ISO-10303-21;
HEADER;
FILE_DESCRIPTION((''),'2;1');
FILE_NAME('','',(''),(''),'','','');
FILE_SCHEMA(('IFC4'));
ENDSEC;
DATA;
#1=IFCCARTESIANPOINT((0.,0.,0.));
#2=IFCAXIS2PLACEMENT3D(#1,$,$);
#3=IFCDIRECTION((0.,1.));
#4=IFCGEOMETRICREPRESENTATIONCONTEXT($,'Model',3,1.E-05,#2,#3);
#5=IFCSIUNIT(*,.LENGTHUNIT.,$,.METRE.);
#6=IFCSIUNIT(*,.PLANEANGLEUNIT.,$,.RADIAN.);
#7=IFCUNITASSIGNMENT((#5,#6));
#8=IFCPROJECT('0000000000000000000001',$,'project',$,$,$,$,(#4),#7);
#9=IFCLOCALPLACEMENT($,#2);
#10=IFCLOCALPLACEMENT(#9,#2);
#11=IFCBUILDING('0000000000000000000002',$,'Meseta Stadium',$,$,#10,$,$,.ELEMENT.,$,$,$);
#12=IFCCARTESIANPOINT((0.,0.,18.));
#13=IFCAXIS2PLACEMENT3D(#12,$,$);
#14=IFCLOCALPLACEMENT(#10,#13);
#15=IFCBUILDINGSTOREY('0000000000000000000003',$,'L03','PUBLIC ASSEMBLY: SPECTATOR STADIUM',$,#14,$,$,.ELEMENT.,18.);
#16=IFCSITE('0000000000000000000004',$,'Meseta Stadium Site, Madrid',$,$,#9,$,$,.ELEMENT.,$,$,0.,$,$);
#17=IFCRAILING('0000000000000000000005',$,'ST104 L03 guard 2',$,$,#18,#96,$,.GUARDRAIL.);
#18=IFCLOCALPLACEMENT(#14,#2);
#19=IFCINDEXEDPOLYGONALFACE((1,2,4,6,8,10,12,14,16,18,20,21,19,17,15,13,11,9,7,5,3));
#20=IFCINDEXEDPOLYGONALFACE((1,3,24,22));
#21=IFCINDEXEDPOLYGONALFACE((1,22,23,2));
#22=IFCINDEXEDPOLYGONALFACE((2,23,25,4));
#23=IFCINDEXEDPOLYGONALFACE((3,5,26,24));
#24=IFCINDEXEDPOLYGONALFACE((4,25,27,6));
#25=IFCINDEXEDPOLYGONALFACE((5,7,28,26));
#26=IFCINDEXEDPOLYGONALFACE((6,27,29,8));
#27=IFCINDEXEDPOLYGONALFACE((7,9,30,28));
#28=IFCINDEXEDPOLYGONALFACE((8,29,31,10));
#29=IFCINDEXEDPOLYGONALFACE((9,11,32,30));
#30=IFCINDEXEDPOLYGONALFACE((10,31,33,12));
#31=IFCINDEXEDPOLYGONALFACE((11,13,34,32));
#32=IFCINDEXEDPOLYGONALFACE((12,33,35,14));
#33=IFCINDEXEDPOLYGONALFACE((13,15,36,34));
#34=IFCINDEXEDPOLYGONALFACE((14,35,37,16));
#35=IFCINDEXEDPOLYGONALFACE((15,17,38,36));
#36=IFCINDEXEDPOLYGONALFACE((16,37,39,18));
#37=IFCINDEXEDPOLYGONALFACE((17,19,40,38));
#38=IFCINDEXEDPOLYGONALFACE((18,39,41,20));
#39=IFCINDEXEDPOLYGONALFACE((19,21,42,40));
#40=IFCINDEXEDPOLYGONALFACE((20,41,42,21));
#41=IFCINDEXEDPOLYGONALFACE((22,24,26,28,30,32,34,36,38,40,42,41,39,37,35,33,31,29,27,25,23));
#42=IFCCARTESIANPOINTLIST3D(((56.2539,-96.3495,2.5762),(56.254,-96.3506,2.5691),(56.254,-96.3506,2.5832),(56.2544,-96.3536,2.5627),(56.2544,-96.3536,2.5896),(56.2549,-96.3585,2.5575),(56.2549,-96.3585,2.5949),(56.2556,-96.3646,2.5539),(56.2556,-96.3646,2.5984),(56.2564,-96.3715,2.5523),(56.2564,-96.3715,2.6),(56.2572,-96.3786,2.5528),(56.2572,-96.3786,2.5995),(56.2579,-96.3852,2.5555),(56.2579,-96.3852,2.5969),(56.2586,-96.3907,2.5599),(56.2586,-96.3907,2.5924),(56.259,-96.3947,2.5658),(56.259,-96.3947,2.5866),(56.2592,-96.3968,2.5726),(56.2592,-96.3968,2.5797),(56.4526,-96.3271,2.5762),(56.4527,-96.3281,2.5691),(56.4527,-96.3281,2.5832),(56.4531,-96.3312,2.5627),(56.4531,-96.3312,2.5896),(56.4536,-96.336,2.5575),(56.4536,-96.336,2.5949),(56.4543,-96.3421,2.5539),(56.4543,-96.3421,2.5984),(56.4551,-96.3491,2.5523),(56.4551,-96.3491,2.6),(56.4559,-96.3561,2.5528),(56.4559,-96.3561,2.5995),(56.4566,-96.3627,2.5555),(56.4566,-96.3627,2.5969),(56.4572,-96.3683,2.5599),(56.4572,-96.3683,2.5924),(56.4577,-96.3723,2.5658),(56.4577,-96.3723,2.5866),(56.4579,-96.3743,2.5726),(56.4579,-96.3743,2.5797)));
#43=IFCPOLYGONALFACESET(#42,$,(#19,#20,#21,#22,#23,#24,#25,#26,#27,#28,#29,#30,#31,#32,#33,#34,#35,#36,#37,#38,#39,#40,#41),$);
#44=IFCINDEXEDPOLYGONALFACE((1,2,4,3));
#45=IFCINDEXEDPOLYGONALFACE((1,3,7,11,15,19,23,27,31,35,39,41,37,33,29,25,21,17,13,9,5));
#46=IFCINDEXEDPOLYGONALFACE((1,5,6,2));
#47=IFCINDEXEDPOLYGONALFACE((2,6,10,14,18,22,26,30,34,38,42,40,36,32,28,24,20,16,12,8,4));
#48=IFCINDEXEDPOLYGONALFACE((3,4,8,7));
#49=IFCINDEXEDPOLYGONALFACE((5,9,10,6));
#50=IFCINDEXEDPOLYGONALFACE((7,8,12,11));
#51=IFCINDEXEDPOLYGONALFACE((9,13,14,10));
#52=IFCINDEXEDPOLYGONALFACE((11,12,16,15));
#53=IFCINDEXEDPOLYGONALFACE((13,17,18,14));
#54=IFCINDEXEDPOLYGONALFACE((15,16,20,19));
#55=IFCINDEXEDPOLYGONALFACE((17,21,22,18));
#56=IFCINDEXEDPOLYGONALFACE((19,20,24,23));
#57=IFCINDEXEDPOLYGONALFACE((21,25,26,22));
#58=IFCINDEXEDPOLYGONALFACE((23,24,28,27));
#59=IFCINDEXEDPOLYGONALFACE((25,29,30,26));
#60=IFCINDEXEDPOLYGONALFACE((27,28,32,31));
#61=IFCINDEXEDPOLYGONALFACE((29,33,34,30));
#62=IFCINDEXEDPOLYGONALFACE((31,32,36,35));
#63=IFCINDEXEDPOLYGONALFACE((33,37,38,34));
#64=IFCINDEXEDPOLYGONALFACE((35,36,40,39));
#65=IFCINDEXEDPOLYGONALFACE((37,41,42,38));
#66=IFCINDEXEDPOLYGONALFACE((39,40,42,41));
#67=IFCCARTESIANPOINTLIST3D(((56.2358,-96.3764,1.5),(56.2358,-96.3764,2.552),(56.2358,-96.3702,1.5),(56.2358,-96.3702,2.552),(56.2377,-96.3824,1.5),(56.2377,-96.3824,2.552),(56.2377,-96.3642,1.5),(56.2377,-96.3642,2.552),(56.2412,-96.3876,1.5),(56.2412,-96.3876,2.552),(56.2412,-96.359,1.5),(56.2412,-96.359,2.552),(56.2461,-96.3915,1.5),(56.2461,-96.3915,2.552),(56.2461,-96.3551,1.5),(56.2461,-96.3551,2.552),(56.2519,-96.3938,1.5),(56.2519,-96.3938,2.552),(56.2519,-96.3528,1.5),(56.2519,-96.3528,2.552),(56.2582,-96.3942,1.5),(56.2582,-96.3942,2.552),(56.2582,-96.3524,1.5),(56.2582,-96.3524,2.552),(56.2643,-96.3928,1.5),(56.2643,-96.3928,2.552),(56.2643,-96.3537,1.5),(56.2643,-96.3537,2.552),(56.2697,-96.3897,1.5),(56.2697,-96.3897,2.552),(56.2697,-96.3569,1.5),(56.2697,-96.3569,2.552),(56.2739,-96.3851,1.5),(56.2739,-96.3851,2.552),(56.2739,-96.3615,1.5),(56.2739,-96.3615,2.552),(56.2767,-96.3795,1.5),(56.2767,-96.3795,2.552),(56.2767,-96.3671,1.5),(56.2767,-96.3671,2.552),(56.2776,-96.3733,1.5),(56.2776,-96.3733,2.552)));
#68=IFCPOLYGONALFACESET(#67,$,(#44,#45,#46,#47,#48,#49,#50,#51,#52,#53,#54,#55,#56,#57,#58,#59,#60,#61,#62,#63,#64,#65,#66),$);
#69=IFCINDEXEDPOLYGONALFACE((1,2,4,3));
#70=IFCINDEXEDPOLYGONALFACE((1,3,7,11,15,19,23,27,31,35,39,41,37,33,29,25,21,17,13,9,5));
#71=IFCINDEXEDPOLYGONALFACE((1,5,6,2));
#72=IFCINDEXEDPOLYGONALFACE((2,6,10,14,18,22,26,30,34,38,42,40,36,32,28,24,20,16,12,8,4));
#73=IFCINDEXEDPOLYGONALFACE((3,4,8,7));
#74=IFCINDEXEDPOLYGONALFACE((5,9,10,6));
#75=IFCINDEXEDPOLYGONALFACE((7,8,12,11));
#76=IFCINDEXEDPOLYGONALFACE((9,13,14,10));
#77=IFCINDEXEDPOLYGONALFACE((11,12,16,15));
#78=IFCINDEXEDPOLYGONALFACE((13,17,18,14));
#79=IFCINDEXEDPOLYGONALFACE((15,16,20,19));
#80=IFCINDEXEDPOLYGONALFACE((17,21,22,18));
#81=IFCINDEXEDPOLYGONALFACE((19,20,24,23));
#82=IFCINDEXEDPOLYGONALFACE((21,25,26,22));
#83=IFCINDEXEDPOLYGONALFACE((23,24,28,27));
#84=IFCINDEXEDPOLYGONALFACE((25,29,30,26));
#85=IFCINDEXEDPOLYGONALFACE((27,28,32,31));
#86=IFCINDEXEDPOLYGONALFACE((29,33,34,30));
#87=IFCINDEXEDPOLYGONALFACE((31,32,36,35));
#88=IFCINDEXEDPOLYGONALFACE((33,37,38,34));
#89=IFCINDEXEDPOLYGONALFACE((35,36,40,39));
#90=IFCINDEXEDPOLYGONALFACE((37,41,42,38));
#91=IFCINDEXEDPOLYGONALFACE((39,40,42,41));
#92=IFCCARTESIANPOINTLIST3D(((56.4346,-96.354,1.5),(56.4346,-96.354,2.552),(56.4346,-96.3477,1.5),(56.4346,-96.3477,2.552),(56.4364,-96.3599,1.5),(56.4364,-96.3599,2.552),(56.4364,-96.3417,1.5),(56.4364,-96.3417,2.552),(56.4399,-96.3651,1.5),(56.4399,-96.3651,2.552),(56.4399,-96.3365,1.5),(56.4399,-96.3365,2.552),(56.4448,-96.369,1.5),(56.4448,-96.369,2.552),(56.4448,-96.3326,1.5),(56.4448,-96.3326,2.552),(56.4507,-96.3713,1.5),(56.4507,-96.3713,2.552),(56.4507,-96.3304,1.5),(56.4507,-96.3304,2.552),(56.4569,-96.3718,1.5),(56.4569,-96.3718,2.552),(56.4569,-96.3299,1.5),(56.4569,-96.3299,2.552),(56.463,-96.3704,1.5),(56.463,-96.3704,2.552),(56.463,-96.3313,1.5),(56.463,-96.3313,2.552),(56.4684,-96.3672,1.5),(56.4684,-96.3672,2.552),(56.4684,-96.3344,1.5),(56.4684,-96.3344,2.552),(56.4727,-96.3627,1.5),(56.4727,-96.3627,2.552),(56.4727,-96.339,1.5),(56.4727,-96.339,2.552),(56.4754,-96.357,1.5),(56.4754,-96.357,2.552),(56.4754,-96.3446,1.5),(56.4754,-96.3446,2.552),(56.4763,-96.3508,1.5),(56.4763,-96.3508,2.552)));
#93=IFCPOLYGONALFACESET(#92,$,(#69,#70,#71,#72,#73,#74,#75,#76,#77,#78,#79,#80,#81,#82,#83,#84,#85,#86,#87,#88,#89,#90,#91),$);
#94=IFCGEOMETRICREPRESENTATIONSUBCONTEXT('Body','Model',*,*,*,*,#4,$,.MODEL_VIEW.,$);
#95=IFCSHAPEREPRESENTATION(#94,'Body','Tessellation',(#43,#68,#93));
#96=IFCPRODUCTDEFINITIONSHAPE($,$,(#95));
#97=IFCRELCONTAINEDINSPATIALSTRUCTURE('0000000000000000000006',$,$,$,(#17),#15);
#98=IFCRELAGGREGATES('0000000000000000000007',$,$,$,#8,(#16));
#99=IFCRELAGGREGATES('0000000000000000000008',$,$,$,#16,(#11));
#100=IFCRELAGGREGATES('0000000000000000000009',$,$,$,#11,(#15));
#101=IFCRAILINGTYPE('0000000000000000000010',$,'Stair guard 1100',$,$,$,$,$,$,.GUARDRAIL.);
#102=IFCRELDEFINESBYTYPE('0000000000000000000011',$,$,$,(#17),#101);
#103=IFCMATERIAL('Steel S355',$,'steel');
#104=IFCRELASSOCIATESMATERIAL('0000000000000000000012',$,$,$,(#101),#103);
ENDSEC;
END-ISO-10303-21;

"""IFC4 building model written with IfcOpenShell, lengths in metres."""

from ifc_helpers import new_model, si_unit, direction, frame, origin, origin_2d, place, context, subcontext, project, spatial, circle, extrude, material, type_object, element, save


model = new_model("IFC4")

# Units and contexts
model_context = context("Model", 3, precision=1e-05, world=origin(), true_north=direction((0.0, 1.0)))
body_context = subcontext(model_context, "Body", "Model", "MODEL_VIEW")
ifc_project = project(units=[si_unit("LENGTHUNIT", "METRE"), si_unit("PLANEANGLEUNIT", "RADIAN")], contexts=[model_context])

# Site, building, storey
site_placement = place(None, origin())
site = spatial("IfcSite", under=ifc_project, at=site_placement, Name="Meseta Stadium Site, Madrid", CompositionType="ELEMENT", RefElevation=0.0)
building_placement = place(site_placement, origin())
building = spatial("IfcBuilding", under=site, at=building_placement, Name="Meseta Stadium", CompositionType="ELEMENT")
storey_placement = place(building_placement, frame((0.0, 0.0, 18.0)))
storey = spatial("IfcBuildingStorey", under=building, at=storey_placement, Name="L03", Description="PUBLIC ASSEMBLY: SPECTATOR STADIUM", CompositionType="ELEMENT", Elevation=18.0)

# Railing
ifc_material_1 = material(Name="Steel S355", Category="steel")
railing_type_1 = type_object("IfcRailingType", Name="Stair guard 1100", PredefinedType="GUARDRAIL", material=ifc_material_1)
railing_1_placement = place(storey_placement, frame((56.2566, -96.3733, 1.5)))
element("IfcRailing", 1, at=railing_1_placement, inside=storey, type_object=railing_type_1, Name="ST104 L03 guard 2", PredefinedType="GUARDRAIL", context=body_context, shape_type="SweptSolid", body=[
    extrude(circle(Radius=0.0239, at=origin_2d()), frame((0.0, 0.0, 1.0762), z_axis=(0.993674, 0.112307, 0.0), x_axis=(-0.112307, 0.993674, 0.0)), (0.0, 0.0, 1.0), 0.2),
    extrude(circle(Radius=0.021, at=origin_2d()), origin(), (0.0, 0.0, 1.0), 1.052),
    extrude(circle(Radius=0.021, at=origin_2d()), frame((0.1987, 0.0225, 0.0)), (0.0, 0.0, 1.0), 1.052),
])

save(model, "model.ifc")
